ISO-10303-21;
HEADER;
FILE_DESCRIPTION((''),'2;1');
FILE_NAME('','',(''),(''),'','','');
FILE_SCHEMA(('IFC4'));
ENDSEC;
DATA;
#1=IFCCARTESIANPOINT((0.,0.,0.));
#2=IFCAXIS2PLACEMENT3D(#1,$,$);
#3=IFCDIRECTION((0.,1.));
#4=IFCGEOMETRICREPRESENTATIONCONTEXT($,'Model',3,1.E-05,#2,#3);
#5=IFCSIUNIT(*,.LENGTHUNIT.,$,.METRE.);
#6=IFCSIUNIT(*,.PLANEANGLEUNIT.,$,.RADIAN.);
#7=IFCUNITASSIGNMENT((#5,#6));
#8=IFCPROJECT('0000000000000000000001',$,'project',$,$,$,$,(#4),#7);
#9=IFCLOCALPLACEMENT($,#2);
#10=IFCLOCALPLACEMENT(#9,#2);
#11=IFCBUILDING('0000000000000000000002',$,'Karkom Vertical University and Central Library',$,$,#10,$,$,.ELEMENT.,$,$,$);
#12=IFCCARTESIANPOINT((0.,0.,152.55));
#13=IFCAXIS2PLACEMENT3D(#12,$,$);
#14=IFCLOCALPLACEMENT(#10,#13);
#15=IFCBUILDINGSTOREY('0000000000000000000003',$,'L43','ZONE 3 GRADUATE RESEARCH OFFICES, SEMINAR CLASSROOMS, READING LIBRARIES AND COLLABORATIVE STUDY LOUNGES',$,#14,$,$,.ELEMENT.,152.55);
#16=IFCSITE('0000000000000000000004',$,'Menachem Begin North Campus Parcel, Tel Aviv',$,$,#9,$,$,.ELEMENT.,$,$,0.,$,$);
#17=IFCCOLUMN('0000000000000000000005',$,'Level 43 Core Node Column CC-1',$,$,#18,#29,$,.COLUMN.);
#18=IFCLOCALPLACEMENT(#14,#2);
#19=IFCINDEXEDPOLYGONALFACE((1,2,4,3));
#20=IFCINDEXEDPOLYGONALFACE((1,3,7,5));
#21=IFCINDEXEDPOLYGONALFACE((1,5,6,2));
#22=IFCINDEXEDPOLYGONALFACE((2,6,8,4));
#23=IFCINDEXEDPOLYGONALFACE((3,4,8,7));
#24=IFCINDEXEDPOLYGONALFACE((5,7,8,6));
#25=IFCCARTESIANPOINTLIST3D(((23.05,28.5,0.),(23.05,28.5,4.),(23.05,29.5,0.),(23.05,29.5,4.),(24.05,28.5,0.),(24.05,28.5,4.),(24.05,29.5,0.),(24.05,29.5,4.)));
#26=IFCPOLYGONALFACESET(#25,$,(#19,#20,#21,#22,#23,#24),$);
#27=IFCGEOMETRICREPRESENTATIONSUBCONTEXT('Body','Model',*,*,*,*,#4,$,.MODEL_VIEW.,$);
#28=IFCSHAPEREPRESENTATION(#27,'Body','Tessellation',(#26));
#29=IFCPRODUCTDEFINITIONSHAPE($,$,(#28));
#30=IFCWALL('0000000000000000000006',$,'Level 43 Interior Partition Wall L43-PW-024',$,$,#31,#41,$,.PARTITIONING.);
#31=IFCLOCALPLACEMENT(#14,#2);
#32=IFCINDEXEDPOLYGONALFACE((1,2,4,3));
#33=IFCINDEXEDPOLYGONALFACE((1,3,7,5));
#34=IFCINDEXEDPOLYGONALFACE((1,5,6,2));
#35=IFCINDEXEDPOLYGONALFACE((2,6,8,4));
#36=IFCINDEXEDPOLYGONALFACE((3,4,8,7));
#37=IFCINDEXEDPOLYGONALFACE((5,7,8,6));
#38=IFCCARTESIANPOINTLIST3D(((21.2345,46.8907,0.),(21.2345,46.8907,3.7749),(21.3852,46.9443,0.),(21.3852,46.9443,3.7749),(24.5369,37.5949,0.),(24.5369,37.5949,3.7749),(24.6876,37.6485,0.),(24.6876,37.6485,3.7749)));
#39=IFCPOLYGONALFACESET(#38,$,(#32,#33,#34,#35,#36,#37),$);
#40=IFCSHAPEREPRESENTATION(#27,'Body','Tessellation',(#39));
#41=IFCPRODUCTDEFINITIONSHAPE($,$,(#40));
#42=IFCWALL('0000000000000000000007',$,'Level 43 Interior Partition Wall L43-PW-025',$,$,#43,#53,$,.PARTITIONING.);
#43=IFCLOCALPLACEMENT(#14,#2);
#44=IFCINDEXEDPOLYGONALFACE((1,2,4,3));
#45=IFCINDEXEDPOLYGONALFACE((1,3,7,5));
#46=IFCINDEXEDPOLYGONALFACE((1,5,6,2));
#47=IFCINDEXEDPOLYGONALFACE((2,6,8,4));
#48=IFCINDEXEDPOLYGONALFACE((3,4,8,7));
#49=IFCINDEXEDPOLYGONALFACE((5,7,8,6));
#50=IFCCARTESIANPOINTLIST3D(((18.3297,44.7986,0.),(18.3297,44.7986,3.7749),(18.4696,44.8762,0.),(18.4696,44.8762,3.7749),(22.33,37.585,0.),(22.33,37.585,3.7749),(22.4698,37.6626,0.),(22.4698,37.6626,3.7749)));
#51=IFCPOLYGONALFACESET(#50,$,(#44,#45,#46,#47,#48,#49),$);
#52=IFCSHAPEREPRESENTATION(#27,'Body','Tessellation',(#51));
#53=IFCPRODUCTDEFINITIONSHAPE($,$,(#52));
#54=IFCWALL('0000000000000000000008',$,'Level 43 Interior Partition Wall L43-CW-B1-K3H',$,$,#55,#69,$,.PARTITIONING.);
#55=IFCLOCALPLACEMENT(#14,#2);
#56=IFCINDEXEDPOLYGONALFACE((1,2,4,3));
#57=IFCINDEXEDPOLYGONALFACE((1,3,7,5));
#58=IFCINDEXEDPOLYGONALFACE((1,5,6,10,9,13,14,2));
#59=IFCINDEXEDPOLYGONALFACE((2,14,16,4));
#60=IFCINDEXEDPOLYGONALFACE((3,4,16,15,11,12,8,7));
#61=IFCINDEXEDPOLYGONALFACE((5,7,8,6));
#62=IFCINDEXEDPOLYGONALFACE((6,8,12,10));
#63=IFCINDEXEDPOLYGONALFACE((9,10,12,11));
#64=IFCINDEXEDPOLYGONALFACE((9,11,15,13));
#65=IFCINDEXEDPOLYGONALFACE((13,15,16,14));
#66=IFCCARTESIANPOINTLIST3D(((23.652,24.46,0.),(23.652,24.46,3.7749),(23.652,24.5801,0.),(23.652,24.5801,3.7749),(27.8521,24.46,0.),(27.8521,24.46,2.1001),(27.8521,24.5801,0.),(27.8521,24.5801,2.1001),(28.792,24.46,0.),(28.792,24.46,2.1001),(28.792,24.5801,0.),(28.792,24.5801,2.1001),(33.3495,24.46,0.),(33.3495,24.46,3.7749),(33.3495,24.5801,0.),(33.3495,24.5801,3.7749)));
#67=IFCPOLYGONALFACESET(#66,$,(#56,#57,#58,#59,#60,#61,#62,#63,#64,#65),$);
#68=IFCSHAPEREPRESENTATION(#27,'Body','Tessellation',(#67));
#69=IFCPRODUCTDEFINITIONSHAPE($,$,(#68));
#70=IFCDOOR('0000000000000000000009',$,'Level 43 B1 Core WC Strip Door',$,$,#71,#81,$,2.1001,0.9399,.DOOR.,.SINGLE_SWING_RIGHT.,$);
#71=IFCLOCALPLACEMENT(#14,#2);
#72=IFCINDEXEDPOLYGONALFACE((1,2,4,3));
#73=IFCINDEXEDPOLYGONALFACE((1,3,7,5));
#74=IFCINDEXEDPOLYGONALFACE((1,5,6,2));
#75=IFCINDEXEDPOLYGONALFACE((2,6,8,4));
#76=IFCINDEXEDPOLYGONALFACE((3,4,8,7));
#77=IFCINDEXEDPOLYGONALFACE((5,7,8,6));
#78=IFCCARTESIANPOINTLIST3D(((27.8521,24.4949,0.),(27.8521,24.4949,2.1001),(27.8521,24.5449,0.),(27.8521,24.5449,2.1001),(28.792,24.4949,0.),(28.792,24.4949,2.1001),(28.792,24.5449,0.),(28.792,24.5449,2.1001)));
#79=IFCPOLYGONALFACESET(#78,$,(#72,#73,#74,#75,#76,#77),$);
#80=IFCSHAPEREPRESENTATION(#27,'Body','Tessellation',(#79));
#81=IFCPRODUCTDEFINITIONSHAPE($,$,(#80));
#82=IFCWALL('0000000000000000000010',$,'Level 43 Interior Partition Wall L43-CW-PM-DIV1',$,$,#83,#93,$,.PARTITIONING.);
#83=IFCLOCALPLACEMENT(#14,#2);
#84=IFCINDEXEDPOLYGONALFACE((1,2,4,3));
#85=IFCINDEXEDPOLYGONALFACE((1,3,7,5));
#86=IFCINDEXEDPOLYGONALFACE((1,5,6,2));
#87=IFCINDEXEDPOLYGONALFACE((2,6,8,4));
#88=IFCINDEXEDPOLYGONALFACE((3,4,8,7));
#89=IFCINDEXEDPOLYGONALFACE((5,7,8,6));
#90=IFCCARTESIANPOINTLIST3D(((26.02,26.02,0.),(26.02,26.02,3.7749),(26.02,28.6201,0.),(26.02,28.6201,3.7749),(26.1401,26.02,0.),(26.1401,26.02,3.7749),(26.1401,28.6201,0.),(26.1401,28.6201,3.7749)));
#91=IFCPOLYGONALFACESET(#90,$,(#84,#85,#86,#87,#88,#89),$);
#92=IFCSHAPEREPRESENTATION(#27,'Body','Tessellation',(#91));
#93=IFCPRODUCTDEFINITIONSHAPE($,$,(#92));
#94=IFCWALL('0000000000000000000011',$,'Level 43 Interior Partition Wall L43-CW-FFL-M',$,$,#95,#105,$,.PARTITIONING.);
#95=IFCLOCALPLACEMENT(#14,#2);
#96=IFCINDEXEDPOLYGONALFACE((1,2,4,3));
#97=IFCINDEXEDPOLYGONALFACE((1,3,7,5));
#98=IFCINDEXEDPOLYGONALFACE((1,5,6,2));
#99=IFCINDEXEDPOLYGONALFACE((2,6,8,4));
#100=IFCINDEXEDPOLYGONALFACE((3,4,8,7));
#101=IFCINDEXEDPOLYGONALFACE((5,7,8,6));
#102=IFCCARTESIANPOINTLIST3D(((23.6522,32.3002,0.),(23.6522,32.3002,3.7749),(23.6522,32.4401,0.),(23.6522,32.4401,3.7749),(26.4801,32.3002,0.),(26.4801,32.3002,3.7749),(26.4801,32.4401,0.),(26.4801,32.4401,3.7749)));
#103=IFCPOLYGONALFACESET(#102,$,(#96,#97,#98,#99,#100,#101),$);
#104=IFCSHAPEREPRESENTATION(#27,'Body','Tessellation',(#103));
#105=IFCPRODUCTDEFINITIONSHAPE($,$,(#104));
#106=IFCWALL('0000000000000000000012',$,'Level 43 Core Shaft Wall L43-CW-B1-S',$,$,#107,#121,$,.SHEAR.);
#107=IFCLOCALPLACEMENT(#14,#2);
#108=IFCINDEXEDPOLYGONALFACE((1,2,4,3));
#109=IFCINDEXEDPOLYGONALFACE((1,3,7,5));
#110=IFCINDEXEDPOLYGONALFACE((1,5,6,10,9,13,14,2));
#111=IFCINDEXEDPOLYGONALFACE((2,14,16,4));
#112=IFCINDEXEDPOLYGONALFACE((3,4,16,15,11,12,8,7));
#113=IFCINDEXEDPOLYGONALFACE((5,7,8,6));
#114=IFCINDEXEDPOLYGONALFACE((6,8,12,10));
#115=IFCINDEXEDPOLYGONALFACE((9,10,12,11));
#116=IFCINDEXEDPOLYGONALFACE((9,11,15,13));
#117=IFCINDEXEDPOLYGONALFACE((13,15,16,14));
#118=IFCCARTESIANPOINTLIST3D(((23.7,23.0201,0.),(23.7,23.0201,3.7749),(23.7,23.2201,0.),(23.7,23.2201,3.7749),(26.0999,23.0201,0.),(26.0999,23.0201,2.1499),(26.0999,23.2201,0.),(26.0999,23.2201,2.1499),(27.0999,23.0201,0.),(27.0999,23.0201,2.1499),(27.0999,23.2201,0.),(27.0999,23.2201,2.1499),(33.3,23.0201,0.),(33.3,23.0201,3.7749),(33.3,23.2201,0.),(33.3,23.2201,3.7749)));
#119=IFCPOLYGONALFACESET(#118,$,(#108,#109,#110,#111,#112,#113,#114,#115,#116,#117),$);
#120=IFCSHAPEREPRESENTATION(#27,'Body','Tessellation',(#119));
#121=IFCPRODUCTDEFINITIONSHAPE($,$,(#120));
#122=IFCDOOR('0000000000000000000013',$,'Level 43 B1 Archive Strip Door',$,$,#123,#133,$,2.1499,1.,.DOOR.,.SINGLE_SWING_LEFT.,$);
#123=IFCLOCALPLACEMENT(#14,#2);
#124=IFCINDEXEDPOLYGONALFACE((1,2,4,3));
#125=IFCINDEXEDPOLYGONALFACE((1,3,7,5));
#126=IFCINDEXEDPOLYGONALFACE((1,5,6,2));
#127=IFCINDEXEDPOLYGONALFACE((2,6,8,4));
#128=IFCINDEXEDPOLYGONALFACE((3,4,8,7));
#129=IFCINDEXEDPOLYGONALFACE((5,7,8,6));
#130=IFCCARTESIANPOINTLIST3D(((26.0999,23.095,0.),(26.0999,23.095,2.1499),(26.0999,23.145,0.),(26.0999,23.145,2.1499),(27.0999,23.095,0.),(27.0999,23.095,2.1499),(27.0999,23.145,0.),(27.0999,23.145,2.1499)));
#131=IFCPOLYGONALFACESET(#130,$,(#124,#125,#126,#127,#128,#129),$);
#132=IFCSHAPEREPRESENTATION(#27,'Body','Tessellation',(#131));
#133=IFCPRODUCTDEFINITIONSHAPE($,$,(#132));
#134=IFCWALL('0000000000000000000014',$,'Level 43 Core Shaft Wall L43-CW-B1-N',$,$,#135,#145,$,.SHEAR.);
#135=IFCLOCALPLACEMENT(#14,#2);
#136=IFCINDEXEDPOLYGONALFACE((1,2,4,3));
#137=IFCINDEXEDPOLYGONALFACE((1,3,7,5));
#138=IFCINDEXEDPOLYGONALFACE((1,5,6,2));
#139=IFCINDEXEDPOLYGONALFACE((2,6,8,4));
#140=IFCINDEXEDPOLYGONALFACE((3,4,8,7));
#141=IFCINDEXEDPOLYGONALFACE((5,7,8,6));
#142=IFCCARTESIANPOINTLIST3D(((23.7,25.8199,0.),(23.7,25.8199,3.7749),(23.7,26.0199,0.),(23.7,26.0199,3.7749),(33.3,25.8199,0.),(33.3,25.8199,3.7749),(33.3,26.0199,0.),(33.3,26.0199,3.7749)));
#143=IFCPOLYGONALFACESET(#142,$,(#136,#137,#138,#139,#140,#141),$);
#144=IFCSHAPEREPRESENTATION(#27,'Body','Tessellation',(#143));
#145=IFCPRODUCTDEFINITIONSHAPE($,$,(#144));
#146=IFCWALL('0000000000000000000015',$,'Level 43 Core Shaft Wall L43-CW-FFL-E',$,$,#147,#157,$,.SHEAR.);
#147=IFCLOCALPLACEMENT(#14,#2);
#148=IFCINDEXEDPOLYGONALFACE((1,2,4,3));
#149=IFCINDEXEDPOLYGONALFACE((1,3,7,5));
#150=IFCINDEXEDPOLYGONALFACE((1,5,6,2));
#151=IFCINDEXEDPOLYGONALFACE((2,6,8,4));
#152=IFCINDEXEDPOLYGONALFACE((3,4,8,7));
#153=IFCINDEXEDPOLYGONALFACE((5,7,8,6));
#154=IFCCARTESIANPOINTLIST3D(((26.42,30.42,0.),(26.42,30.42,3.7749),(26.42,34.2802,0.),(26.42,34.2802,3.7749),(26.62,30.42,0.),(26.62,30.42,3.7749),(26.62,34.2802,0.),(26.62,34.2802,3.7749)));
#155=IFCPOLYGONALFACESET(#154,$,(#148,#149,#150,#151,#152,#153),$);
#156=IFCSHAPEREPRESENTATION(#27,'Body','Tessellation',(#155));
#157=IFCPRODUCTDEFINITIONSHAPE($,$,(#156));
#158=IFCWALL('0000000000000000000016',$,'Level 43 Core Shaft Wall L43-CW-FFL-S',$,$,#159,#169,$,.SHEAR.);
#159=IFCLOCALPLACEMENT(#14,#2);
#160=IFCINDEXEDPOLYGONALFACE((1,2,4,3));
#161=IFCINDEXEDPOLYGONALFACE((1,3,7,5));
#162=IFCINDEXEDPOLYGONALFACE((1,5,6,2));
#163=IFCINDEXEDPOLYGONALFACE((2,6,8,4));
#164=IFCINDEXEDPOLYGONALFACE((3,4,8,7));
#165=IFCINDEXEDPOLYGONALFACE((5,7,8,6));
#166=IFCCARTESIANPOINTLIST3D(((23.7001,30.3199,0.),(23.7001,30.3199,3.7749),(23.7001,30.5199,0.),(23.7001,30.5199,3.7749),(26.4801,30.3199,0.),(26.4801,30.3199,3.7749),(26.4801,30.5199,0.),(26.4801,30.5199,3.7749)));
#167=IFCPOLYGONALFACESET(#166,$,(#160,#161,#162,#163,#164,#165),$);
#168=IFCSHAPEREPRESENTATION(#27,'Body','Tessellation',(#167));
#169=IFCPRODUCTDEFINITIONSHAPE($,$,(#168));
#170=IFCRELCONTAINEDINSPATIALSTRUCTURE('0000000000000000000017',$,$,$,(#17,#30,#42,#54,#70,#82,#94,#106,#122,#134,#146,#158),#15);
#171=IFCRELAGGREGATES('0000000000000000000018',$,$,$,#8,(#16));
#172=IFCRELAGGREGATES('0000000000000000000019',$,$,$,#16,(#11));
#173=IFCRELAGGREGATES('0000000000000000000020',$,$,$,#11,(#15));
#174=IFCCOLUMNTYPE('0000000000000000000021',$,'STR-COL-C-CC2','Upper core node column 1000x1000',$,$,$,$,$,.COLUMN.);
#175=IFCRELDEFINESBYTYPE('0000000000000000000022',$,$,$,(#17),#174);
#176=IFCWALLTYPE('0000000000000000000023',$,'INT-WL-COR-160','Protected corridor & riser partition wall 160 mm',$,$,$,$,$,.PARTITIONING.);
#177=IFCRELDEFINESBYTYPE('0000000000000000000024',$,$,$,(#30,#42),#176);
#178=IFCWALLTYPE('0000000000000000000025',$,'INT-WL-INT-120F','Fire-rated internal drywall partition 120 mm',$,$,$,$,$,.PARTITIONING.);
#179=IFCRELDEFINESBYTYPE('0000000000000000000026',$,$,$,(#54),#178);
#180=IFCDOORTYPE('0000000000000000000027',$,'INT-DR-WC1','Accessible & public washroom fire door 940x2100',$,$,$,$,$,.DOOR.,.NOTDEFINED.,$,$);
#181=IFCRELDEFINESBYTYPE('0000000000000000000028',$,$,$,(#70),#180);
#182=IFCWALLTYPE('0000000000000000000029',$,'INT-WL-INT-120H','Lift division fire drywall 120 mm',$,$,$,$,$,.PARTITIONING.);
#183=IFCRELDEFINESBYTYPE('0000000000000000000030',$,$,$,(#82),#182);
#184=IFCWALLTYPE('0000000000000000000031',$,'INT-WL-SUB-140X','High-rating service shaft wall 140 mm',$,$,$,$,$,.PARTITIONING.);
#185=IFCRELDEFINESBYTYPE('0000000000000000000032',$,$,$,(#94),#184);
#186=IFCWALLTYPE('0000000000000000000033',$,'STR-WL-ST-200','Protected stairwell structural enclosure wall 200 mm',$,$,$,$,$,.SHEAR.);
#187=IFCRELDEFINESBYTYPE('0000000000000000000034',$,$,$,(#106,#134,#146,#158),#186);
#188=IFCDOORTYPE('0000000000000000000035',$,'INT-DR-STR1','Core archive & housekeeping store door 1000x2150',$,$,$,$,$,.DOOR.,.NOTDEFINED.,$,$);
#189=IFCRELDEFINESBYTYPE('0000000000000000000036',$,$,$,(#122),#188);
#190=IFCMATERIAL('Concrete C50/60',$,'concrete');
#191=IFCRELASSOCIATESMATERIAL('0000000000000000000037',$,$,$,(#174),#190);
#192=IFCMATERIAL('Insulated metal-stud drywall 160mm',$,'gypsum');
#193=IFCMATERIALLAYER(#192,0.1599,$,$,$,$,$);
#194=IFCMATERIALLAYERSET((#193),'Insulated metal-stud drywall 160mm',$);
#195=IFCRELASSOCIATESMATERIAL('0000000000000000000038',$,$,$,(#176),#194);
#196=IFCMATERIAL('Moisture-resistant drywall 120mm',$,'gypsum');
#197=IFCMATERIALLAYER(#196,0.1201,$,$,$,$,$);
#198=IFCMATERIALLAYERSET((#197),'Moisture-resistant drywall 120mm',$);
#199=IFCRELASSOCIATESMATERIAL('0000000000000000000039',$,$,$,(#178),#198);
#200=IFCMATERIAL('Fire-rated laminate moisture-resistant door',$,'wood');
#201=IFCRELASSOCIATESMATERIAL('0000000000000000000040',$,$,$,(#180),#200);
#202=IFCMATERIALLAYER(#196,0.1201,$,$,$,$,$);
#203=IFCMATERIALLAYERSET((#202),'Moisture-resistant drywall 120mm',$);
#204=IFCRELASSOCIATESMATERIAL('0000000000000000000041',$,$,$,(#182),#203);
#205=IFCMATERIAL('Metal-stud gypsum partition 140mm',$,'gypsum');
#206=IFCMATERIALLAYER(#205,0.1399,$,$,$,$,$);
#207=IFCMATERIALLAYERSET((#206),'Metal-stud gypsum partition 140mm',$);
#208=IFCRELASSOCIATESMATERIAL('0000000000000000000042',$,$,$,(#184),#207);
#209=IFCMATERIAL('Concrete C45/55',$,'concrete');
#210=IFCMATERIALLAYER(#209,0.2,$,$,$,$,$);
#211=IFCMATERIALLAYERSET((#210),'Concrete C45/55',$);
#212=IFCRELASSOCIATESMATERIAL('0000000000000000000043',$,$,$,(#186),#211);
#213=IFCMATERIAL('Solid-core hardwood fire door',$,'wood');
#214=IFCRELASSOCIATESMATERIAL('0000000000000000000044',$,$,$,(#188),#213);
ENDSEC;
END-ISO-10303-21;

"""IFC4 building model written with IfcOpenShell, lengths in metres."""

from ifc_helpers import new_model, si_unit, direction, frame, frame_2d, origin, origin_with_axes, origin_2d, place, context, subcontext, project, spatial, rectangle, extrude, source, transform, mapped, material, layer, layer_set, material_profile, profile_set, type_object, element, fill, save


model = new_model("IFC4")

# Units and contexts
model_context = context("Model", 3, precision=1e-05, world=origin(), true_north=direction((0.0, 1.0)))
body_context = subcontext(model_context, "Body", "Model", "MODEL_VIEW")
ifc_project = project(units=[si_unit("LENGTHUNIT", "METRE"), si_unit("PLANEANGLEUNIT", "RADIAN")], contexts=[model_context])

# Site, building, storey
site_placement = place(None, origin())
site = spatial("IfcSite", under=ifc_project, at=site_placement, Name="Menachem Begin North Campus Parcel, Tel Aviv", CompositionType="ELEMENT", RefElevation=0.0)
building_placement = place(site_placement, origin())
building = spatial("IfcBuilding", under=site, at=building_placement, Name="Karkom Vertical University and Central Library", CompositionType="ELEMENT")
storey_placement = place(building_placement, frame((0.0, 0.0, 152.55)))
storey = spatial("IfcBuildingStorey", under=building, at=storey_placement, Name="L43", Description="ZONE 3 GRADUATE RESEARCH OFFICES, SEMINAR CLASSROOMS, READING LIBRARIES AND COLLABORATIVE STUDY LOUNGES", CompositionType="ELEMENT", Elevation=152.55)

# Column
ifc_material_1 = material(Name="Concrete C50/60", Category="concrete")
ifc_material_profile = material_profile(ifc_material_1, rectangle(XDim=1.0, YDim=1.0, at=origin_2d()), Name="RC-1000x1000")
ifc_profile_set = profile_set([ifc_material_profile], Name="Concrete C50/60")
column_type = type_object("IfcColumnType", Name="STR-COL-C-CC2", Description="Upper core node column 1000x1000", PredefinedType="COLUMN", material=ifc_profile_set)
shared_shape_1 = source(origin_with_axes(), body_context, "Body", "SweptSolid", [
    extrude(rectangle(XDim=1.0, YDim=1.0, at=origin_2d()), origin(), (0.0, 0.0, 1.0), 4.0),
])
column_placement = place(storey_placement, frame((23.55, 29.0, 0.0), z_axis=(0.0, 0.0, 1.0), x_axis=(1.0, 0.0, 0.0)))
element("IfcColumn", 1, at=column_placement, inside=storey, type_object=column_type, Name="Level 43 Core Node Column CC-1", PredefinedType="COLUMN", context=body_context, shape_type="MappedRepresentation", body=[
    mapped(shared_shape_1, transform((0.0, 0.0, 0.0), scale=1.0)),
])

# Walls
ifc_material_2 = material(Name="Insulated metal-stud drywall 160mm", Category="gypsum")
ifc_layer_1 = layer(ifc_material_2, 0.1599)
ifc_layer_set_1 = layer_set([ifc_layer_1], Name="Insulated metal-stud drywall 160mm")
wall_type_1 = type_object("IfcWallType", Name="INT-WL-COR-160", Description="Protected corridor & riser partition wall 160 mm", PredefinedType="PARTITIONING", material=ifc_layer_set_1)
wall_1_placement = place(storey_placement, frame((24.6123, 37.6216, 0.0), z_axis=(0.0, 0.0, 1.0), x_axis=(-0.334765, 0.942302, 0.0)))
element("IfcWall", 2, at=wall_1_placement, inside=storey, type_object=wall_type_1, Name="Level 43 Interior Partition Wall L43-PW-024", PredefinedType="PARTITIONING", context=body_context, shape_type="SweptSolid", body=[
    extrude(rectangle(XDim=9.865, YDim=0.1599, at=frame_2d((4.9326, 0.0))), origin(), (0.0, 0.0, 1.0), 3.7749),
])
wall_2_placement = place(storey_placement, frame((22.3999, 37.6238, 0.0), z_axis=(0.0, 0.0, 1.0), x_axis=(-0.484964, 0.874534, 0.0)))
element("IfcWall", 3, at=wall_2_placement, inside=storey, type_object=wall_type_1, Name="Level 43 Interior Partition Wall L43-PW-025", PredefinedType="PARTITIONING", context=body_context, shape_type="SweptSolid", body=[
    extrude(rectangle(XDim=8.2485, YDim=0.1599, at=frame_2d((4.1243, 0.0))), origin(), (0.0, 0.0, 1.0), 3.7749),
])

# Wall, opening, door
ifc_material_3 = material(Name="Moisture-resistant drywall 120mm", Category="gypsum")
ifc_layer_2 = layer(ifc_material_3, 0.1201)
ifc_layer_set_2 = layer_set([ifc_layer_2], Name="Moisture-resistant drywall 120mm")
wall_type_2 = type_object("IfcWallType", Name="INT-WL-INT-120F", Description="Fire-rated internal drywall partition 120 mm", PredefinedType="PARTITIONING", material=ifc_layer_set_2)
wall_3_placement = place(storey_placement, frame((23.6521, 24.52, 0.0), z_axis=(0.0, 0.0, 1.0), x_axis=(1.0, 0.0, 0.0)))
wall_3 = element("IfcWall", 4, at=wall_3_placement, inside=storey, type_object=wall_type_2, Name="Level 43 Interior Partition Wall L43-CW-B1-K3H", PredefinedType="PARTITIONING", context=body_context, shape_type="SweptSolid", body=[
    extrude(rectangle(XDim=9.6975, YDim=0.1201, at=frame_2d((4.8486, 0.0))), origin(), (0.0, 0.0, 1.0), 3.7749),
])
opening_1_placement = place(wall_3_placement, frame((4.2, 0.0, 0.0)))
opening_1 = element("IfcOpeningElement", 5, at=opening_1_placement, cuts=wall_3, PredefinedType="OPENING", context=body_context, shape_type="SweptSolid", body=[
    extrude(rectangle(XDim=0.9399, YDim=2.1001, at=frame_2d((0.47, 1.05))), frame((0.0, 0.0701, 0.0), z_axis=(0.0, -1.0, 0.0), x_axis=(1.0, 0.0, 0.0)), (0.0, 0.0, 1.0), 0.1401),
])
ifc_material_4 = material(Name="Fire-rated laminate moisture-resistant door", Category="wood")
door_type_1 = type_object("IfcDoorType", Name="INT-DR-WC1", Description="Accessible & public washroom fire door 940x2100", OperationType="NOTDEFINED", PredefinedType="DOOR", material=ifc_material_4)
shared_shape_2 = source(origin_with_axes(), body_context, "Body", "SweptSolid", [
    extrude(rectangle(XDim=0.9399, YDim=2.1001, at=frame_2d((0.47, 1.05))), frame((0.0, 0.0249, 0.0), z_axis=(0.0, -1.0, 0.0), x_axis=(1.0, 0.0, 0.0)), (0.0, 0.0, 1.0), 0.05),
])
door_1_placement = place(opening_1_placement, origin())
door_1 = element("IfcDoor", 6, at=door_1_placement, inside=storey, type_object=door_type_1, Name="Level 43 B1 Core WC Strip Door", OperationType="SINGLE_SWING_RIGHT", OverallHeight=2.1001, OverallWidth=0.9399, PredefinedType="DOOR", context=body_context, shape_type="MappedRepresentation", body=[
    mapped(shared_shape_2, transform((0.0, 0.0, 0.0), scale=1.0)),
])
fill(opening_1, door_1)

# Walls
ifc_layer_3 = layer(ifc_material_3, 0.1201)
ifc_layer_set_3 = layer_set([ifc_layer_3], Name="Moisture-resistant drywall 120mm")
wall_type_3 = type_object("IfcWallType", Name="INT-WL-INT-120H", Description="Lift division fire drywall 120 mm", PredefinedType="PARTITIONING", material=ifc_layer_set_3)
wall_4_placement = place(storey_placement, frame((26.0801, 26.02, 0.0), z_axis=(0.0, 0.0, 1.0), x_axis=(0.0, 1.0, 0.0)))
element("IfcWall", 7, at=wall_4_placement, inside=storey, type_object=wall_type_3, Name="Level 43 Interior Partition Wall L43-CW-PM-DIV1", PredefinedType="PARTITIONING", context=body_context, shape_type="SweptSolid", body=[
    extrude(rectangle(XDim=2.6001, YDim=0.1201, at=frame_2d((1.3, 0.0))), origin(), (0.0, 0.0, 1.0), 3.7749),
])
ifc_material_5 = material(Name="Metal-stud gypsum partition 140mm", Category="gypsum")
ifc_layer_4 = layer(ifc_material_5, 0.1399)
ifc_layer_set_4 = layer_set([ifc_layer_4], Name="Metal-stud gypsum partition 140mm")
wall_type_4 = type_object("IfcWallType", Name="INT-WL-SUB-140X", Description="High-rating service shaft wall 140 mm", PredefinedType="PARTITIONING", material=ifc_layer_set_4)
wall_5_placement = place(storey_placement, frame((23.6521, 32.3701, 0.0), z_axis=(0.0, 0.0, 1.0), x_axis=(1.0, 0.0, 0.0)))
element("IfcWall", 8, at=wall_5_placement, inside=storey, type_object=wall_type_4, Name="Level 43 Interior Partition Wall L43-CW-FFL-M", PredefinedType="PARTITIONING", context=body_context, shape_type="SweptSolid", body=[
    extrude(rectangle(XDim=2.8279, YDim=0.1399, at=frame_2d((1.4141, 0.0))), origin(), (0.0, 0.0, 1.0), 3.7749),
])

# Wall, opening, door
ifc_material_6 = material(Name="Concrete C45/55", Category="concrete")
ifc_layer_5 = layer(ifc_material_6, 0.2)
ifc_layer_set_5 = layer_set([ifc_layer_5], Name="Concrete C45/55")
wall_type_5 = type_object("IfcWallType", Name="STR-WL-ST-200", Description="Protected stairwell structural enclosure wall 200 mm", PredefinedType="SHEAR", material=ifc_layer_set_5)
wall_6_placement = place(storey_placement, frame((23.7, 23.1201, 0.0), z_axis=(0.0, 0.0, 1.0), x_axis=(1.0, 0.0, 0.0)))
wall_6 = element("IfcWall", 9, at=wall_6_placement, inside=storey, type_object=wall_type_5, Name="Level 43 Core Shaft Wall L43-CW-B1-S", PredefinedType="SHEAR", context=body_context, shape_type="SweptSolid", body=[
    extrude(rectangle(XDim=9.6001, YDim=0.2, at=frame_2d((4.8, 0.0))), origin(), (0.0, 0.0, 1.0), 3.7749),
])
opening_2_placement = place(wall_6_placement, frame((2.3999, 0.0, 0.0)))
opening_2 = element("IfcOpeningElement", 10, at=opening_2_placement, cuts=wall_6, PredefinedType="OPENING", context=body_context, shape_type="SweptSolid", body=[
    extrude(rectangle(XDim=1.0, YDim=2.1499, at=frame_2d((0.5, 1.075))), frame((0.0, 0.1099, 0.0), z_axis=(0.0, -1.0, 0.0), x_axis=(1.0, 0.0, 0.0)), (0.0, 0.0, 1.0), 0.22),
])
ifc_material_7 = material(Name="Solid-core hardwood fire door", Category="wood")
door_type_2 = type_object("IfcDoorType", Name="INT-DR-STR1", Description="Core archive & housekeeping store door 1000x2150", OperationType="NOTDEFINED", PredefinedType="DOOR", material=ifc_material_7)
shared_shape_3 = source(origin_with_axes(), body_context, "Body", "SweptSolid", [
    extrude(rectangle(XDim=1.0, YDim=2.1499, at=frame_2d((0.5, 1.075))), frame((0.0, 0.0249, 0.0), z_axis=(0.0, -1.0, 0.0), x_axis=(1.0, 0.0, 0.0)), (0.0, 0.0, 1.0), 0.05),
])
door_2_placement = place(opening_2_placement, origin())
door_2 = element("IfcDoor", 11, at=door_2_placement, inside=storey, type_object=door_type_2, Name="Level 43 B1 Archive Strip Door", OperationType="SINGLE_SWING_LEFT", OverallHeight=2.1499, OverallWidth=1.0, PredefinedType="DOOR", context=body_context, shape_type="MappedRepresentation", body=[
    mapped(shared_shape_3, transform((0.0, 0.0, 0.0), scale=1.0)),
])
fill(opening_2, door_2)

# Wall
wall_7_placement = place(storey_placement, frame((23.7, 25.9199, 0.0), z_axis=(0.0, 0.0, 1.0), x_axis=(1.0, 0.0, 0.0)))
element("IfcWall", 12, at=wall_7_placement, inside=storey, type_object=wall_type_5, Name="Level 43 Core Shaft Wall L43-CW-B1-N", PredefinedType="SHEAR", context=body_context, shape_type="SweptSolid", body=[
    extrude(rectangle(XDim=9.6001, YDim=0.2, at=frame_2d((4.8, 0.0))), origin(), (0.0, 0.0, 1.0), 3.7749),
])

# Walls
wall_8_placement = place(storey_placement, frame((26.52, 30.4199, 0.0), z_axis=(0.0, 0.0, 1.0), x_axis=(0.0, 1.0, 0.0)))
element("IfcWall", 13, at=wall_8_placement, inside=storey, type_object=wall_type_5, Name="Level 43 Core Shaft Wall L43-CW-FFL-E", PredefinedType="SHEAR", context=body_context, shape_type="SweptSolid", body=[
    extrude(rectangle(XDim=3.8601, YDim=0.2, at=frame_2d((1.9302, 0.0))), origin(), (0.0, 0.0, 1.0), 3.7749),
])
wall_9_placement = place(storey_placement, frame((23.7, 30.4199, 0.0), z_axis=(0.0, 0.0, 1.0), x_axis=(1.0, 0.0, 0.0)))
element("IfcWall", 14, at=wall_9_placement, inside=storey, type_object=wall_type_5, Name="Level 43 Core Shaft Wall L43-CW-FFL-S", PredefinedType="SHEAR", context=body_context, shape_type="SweptSolid", body=[
    extrude(rectangle(XDim=2.78, YDim=0.2, at=frame_2d((1.3901, 0.0))), origin(), (0.0, 0.0, 1.0), 3.7749),
])

save(model, "model.ifc")
